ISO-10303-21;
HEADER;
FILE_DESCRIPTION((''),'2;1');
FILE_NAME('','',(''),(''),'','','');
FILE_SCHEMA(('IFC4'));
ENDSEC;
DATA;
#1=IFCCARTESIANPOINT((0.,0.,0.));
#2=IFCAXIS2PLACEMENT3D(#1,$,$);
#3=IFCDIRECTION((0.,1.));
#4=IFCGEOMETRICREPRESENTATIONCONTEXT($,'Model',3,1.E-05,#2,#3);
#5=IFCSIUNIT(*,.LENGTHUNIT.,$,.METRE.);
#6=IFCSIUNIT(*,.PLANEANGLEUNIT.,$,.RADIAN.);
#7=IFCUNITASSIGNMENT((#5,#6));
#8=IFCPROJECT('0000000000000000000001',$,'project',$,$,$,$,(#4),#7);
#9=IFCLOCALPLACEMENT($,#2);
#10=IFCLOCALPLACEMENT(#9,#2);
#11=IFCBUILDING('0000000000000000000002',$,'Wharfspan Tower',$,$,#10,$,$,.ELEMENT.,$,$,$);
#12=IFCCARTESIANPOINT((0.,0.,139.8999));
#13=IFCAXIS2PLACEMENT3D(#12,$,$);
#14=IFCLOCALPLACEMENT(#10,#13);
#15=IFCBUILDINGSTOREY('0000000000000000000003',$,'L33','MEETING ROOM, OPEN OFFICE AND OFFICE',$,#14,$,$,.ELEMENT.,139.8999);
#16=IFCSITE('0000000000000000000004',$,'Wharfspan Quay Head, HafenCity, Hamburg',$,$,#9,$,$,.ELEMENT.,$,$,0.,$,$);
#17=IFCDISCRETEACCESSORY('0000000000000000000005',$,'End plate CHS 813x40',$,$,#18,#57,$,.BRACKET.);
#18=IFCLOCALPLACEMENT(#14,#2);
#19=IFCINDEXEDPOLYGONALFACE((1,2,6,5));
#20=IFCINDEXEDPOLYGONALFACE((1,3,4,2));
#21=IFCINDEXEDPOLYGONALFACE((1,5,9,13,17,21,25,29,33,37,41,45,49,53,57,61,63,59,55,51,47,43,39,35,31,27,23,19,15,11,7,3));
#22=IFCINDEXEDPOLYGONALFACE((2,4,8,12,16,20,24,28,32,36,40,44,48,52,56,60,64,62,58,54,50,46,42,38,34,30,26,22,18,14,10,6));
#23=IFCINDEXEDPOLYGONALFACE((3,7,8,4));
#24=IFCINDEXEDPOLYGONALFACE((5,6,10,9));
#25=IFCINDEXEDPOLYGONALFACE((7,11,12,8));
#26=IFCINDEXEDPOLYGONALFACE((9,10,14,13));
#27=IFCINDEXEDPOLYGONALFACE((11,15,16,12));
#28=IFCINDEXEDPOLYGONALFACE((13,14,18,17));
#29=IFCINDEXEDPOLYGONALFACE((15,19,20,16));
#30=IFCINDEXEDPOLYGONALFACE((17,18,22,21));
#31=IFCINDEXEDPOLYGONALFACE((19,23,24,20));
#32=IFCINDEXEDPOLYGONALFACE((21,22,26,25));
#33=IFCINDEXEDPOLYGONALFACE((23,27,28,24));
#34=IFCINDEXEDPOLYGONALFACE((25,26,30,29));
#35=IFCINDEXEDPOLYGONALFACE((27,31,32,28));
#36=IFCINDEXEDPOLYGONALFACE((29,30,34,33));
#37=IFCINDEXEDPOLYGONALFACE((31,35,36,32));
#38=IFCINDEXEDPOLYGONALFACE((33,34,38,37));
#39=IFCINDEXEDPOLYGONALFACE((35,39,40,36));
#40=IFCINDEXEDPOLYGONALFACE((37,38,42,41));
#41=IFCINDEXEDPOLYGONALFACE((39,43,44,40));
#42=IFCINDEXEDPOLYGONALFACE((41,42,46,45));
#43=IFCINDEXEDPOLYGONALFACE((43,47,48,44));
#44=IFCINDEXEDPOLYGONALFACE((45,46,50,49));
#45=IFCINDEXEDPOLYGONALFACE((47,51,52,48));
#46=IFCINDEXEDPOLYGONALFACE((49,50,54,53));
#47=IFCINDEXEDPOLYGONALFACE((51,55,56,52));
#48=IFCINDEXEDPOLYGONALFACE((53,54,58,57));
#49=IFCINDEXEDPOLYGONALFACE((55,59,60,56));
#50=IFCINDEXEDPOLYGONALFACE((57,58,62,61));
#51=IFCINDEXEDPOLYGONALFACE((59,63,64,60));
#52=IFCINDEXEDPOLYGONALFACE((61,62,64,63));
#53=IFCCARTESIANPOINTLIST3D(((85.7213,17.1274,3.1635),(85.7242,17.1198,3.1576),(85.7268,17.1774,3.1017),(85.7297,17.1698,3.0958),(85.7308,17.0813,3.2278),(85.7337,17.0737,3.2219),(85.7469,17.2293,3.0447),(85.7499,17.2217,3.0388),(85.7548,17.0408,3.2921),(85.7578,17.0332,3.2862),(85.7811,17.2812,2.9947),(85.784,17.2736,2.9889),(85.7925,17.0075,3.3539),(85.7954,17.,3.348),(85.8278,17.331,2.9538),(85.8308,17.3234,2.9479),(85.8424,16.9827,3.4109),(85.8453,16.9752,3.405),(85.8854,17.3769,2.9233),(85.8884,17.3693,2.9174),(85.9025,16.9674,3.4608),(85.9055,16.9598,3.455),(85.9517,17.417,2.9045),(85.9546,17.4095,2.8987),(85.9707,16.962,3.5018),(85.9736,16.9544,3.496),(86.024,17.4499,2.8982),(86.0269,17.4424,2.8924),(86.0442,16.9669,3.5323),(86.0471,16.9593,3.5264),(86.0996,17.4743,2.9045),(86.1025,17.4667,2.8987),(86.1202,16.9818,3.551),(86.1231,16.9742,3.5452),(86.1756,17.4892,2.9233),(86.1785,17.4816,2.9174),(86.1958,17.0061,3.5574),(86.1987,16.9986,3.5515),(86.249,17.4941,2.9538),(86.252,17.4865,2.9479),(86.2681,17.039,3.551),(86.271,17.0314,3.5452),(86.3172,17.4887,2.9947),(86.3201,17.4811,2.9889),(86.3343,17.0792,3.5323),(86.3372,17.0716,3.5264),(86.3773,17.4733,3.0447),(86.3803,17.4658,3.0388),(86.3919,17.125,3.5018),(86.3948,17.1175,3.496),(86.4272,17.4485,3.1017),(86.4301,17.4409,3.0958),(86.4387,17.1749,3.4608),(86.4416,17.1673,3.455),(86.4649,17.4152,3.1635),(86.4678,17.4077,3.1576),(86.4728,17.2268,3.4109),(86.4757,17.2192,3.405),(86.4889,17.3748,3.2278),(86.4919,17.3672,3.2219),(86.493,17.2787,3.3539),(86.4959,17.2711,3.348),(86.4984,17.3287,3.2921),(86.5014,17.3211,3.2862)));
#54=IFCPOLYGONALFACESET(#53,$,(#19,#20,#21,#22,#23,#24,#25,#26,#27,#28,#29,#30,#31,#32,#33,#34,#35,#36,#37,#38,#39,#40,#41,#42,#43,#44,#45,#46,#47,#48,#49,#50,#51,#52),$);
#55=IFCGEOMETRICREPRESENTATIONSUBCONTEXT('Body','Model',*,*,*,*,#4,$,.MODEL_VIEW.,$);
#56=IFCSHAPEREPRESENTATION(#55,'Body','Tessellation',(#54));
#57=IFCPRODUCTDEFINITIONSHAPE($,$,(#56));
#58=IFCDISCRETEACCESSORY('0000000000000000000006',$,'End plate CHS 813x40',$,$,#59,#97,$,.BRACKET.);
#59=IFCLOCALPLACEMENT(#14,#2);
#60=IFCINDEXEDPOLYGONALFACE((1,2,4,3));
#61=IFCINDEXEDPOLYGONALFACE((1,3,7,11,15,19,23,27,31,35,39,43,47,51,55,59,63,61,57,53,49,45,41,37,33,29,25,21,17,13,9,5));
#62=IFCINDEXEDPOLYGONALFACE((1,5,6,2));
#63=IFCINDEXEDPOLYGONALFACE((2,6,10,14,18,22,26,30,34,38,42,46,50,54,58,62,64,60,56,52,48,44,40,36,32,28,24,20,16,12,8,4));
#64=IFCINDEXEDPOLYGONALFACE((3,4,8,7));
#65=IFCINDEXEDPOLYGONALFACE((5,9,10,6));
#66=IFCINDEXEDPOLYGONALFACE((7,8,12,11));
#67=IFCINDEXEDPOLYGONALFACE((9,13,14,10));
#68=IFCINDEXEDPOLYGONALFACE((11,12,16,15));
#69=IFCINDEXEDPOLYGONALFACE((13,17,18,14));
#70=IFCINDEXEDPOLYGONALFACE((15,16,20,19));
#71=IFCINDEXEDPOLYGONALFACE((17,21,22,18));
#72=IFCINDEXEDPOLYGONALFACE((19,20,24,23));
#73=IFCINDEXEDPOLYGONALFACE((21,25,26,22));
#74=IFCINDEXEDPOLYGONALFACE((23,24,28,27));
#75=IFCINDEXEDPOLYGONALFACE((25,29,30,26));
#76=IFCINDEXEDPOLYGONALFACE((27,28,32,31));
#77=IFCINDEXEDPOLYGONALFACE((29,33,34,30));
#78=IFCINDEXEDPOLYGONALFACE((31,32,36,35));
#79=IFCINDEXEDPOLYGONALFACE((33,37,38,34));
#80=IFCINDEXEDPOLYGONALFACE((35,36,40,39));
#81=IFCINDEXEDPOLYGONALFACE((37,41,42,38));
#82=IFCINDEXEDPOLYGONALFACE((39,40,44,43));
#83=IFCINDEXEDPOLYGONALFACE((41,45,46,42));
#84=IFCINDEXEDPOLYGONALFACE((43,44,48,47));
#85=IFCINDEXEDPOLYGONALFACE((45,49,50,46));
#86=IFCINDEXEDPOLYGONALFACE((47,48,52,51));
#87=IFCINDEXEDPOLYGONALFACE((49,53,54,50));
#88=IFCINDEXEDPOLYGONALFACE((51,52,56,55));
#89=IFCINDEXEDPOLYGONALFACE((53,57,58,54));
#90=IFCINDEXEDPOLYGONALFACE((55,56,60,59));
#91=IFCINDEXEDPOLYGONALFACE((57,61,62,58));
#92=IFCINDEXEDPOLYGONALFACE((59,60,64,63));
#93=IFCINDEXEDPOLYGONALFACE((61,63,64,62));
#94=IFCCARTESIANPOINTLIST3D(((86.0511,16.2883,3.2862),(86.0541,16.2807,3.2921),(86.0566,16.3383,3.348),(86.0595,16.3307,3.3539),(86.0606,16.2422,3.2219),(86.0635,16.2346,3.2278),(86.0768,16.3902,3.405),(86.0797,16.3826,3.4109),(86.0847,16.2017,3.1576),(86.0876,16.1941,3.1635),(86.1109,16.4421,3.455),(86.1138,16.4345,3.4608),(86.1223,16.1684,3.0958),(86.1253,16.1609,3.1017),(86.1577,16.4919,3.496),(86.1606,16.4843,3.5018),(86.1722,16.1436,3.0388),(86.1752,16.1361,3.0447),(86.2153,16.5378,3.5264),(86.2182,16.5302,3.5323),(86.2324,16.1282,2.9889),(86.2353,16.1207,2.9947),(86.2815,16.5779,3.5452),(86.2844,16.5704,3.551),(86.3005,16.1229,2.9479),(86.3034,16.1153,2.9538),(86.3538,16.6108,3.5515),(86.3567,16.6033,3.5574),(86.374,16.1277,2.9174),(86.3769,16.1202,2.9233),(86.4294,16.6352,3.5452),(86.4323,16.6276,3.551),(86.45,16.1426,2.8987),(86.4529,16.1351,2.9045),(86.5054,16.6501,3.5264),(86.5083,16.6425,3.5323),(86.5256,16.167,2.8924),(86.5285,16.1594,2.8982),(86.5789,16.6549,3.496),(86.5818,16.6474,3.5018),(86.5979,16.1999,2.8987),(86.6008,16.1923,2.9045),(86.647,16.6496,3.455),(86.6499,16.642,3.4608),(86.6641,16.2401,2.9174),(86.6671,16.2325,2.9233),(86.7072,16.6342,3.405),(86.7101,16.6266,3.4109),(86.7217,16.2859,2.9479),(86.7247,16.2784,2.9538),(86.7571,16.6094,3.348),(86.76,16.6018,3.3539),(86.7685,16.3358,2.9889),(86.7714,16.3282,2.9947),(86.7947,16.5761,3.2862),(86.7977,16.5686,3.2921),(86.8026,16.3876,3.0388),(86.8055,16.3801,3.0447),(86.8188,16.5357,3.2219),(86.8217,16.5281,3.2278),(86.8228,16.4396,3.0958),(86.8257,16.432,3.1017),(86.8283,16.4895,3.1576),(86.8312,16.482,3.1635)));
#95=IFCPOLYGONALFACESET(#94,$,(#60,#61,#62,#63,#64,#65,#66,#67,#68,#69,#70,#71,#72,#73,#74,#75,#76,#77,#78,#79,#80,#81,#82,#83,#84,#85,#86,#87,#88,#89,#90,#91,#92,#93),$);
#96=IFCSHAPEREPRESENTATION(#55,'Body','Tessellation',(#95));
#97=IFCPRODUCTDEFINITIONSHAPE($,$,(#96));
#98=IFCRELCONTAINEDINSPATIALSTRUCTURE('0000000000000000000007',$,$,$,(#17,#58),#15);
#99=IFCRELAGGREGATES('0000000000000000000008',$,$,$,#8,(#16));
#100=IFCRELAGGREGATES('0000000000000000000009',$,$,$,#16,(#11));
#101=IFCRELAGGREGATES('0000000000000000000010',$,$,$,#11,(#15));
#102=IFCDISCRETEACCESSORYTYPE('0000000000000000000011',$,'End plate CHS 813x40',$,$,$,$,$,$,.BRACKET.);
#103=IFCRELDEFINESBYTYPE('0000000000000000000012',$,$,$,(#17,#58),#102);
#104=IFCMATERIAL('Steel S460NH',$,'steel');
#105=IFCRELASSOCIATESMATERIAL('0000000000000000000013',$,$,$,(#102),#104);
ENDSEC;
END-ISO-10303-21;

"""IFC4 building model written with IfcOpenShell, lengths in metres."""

from ifc_helpers import new_model, si_unit, direction, frame, origin, origin_2d, place, context, subcontext, project, spatial, circle, extrude, material, material_profile, profile_set, type_object, element, save


model = new_model("IFC4")

# Units and contexts
model_context = context("Model", 3, precision=1e-05, world=origin(), true_north=direction((0.0, 1.0)))
body_context = subcontext(model_context, "Body", "Model", "MODEL_VIEW")
ifc_project = project(units=[si_unit("LENGTHUNIT", "METRE"), si_unit("PLANEANGLEUNIT", "RADIAN")], contexts=[model_context])

# Site, building, storey
site_placement = place(None, origin())
site = spatial("IfcSite", under=ifc_project, at=site_placement, Name="Wharfspan Quay Head, HafenCity, Hamburg", CompositionType="ELEMENT", RefElevation=0.0)
building_placement = place(site_placement, origin())
building = spatial("IfcBuilding", under=site, at=building_placement, Name="Wharfspan Tower", CompositionType="ELEMENT")
storey_placement = place(building_placement, frame((0.0, 0.0, 139.8999)))
storey = spatial("IfcBuildingStorey", under=building, at=storey_placement, Name="L33", Description="MEETING ROOM, OPEN OFFICE AND OFFICE", CompositionType="ELEMENT", Elevation=139.8999)

# Shared definitions
ifc_material_1 = material(Name="Steel S460NH", Category="steel")

# Discrete accessories
ifc_material_profile_1 = material_profile(ifc_material_1, circle(Radius=0.4065, at=origin_2d()))
ifc_profile_set_1 = profile_set([ifc_material_profile_1], Name="Steel S460NH")
discrete_accessory_type = type_object("IfcDiscreteAccessoryType", Name="End plate CHS 813x40", PredefinedType="BRACKET", material=ifc_profile_set_1)
for number, where, z_axis, x_axis, name in (
    (1, (86.1128, 17.2205, 3.2219), (-0.292683, 0.756098, 0.585366), (-0.932565, -0.360992, -0.000001), "End plate CHS 813x40"),
    (2, (86.4397, 16.3889, 3.2219), (0.292683, -0.756098, 0.585366), (0.932565, 0.360992, -0.000001), "End plate CHS 813x40"),
):
    element("IfcDiscreteAccessory", number, at=place(storey_placement, frame(where, z_axis=z_axis, x_axis=x_axis)), inside=storey, type_object=discrete_accessory_type, Name=name, PredefinedType="BRACKET", context=body_context, shape_type="SweptSolid", body=[
        extrude(circle(Radius=0.4065, at=origin_2d()), origin(), (0.0, 0.0, 1.0), 0.01),
    ])

save(model, "model.ifc")
